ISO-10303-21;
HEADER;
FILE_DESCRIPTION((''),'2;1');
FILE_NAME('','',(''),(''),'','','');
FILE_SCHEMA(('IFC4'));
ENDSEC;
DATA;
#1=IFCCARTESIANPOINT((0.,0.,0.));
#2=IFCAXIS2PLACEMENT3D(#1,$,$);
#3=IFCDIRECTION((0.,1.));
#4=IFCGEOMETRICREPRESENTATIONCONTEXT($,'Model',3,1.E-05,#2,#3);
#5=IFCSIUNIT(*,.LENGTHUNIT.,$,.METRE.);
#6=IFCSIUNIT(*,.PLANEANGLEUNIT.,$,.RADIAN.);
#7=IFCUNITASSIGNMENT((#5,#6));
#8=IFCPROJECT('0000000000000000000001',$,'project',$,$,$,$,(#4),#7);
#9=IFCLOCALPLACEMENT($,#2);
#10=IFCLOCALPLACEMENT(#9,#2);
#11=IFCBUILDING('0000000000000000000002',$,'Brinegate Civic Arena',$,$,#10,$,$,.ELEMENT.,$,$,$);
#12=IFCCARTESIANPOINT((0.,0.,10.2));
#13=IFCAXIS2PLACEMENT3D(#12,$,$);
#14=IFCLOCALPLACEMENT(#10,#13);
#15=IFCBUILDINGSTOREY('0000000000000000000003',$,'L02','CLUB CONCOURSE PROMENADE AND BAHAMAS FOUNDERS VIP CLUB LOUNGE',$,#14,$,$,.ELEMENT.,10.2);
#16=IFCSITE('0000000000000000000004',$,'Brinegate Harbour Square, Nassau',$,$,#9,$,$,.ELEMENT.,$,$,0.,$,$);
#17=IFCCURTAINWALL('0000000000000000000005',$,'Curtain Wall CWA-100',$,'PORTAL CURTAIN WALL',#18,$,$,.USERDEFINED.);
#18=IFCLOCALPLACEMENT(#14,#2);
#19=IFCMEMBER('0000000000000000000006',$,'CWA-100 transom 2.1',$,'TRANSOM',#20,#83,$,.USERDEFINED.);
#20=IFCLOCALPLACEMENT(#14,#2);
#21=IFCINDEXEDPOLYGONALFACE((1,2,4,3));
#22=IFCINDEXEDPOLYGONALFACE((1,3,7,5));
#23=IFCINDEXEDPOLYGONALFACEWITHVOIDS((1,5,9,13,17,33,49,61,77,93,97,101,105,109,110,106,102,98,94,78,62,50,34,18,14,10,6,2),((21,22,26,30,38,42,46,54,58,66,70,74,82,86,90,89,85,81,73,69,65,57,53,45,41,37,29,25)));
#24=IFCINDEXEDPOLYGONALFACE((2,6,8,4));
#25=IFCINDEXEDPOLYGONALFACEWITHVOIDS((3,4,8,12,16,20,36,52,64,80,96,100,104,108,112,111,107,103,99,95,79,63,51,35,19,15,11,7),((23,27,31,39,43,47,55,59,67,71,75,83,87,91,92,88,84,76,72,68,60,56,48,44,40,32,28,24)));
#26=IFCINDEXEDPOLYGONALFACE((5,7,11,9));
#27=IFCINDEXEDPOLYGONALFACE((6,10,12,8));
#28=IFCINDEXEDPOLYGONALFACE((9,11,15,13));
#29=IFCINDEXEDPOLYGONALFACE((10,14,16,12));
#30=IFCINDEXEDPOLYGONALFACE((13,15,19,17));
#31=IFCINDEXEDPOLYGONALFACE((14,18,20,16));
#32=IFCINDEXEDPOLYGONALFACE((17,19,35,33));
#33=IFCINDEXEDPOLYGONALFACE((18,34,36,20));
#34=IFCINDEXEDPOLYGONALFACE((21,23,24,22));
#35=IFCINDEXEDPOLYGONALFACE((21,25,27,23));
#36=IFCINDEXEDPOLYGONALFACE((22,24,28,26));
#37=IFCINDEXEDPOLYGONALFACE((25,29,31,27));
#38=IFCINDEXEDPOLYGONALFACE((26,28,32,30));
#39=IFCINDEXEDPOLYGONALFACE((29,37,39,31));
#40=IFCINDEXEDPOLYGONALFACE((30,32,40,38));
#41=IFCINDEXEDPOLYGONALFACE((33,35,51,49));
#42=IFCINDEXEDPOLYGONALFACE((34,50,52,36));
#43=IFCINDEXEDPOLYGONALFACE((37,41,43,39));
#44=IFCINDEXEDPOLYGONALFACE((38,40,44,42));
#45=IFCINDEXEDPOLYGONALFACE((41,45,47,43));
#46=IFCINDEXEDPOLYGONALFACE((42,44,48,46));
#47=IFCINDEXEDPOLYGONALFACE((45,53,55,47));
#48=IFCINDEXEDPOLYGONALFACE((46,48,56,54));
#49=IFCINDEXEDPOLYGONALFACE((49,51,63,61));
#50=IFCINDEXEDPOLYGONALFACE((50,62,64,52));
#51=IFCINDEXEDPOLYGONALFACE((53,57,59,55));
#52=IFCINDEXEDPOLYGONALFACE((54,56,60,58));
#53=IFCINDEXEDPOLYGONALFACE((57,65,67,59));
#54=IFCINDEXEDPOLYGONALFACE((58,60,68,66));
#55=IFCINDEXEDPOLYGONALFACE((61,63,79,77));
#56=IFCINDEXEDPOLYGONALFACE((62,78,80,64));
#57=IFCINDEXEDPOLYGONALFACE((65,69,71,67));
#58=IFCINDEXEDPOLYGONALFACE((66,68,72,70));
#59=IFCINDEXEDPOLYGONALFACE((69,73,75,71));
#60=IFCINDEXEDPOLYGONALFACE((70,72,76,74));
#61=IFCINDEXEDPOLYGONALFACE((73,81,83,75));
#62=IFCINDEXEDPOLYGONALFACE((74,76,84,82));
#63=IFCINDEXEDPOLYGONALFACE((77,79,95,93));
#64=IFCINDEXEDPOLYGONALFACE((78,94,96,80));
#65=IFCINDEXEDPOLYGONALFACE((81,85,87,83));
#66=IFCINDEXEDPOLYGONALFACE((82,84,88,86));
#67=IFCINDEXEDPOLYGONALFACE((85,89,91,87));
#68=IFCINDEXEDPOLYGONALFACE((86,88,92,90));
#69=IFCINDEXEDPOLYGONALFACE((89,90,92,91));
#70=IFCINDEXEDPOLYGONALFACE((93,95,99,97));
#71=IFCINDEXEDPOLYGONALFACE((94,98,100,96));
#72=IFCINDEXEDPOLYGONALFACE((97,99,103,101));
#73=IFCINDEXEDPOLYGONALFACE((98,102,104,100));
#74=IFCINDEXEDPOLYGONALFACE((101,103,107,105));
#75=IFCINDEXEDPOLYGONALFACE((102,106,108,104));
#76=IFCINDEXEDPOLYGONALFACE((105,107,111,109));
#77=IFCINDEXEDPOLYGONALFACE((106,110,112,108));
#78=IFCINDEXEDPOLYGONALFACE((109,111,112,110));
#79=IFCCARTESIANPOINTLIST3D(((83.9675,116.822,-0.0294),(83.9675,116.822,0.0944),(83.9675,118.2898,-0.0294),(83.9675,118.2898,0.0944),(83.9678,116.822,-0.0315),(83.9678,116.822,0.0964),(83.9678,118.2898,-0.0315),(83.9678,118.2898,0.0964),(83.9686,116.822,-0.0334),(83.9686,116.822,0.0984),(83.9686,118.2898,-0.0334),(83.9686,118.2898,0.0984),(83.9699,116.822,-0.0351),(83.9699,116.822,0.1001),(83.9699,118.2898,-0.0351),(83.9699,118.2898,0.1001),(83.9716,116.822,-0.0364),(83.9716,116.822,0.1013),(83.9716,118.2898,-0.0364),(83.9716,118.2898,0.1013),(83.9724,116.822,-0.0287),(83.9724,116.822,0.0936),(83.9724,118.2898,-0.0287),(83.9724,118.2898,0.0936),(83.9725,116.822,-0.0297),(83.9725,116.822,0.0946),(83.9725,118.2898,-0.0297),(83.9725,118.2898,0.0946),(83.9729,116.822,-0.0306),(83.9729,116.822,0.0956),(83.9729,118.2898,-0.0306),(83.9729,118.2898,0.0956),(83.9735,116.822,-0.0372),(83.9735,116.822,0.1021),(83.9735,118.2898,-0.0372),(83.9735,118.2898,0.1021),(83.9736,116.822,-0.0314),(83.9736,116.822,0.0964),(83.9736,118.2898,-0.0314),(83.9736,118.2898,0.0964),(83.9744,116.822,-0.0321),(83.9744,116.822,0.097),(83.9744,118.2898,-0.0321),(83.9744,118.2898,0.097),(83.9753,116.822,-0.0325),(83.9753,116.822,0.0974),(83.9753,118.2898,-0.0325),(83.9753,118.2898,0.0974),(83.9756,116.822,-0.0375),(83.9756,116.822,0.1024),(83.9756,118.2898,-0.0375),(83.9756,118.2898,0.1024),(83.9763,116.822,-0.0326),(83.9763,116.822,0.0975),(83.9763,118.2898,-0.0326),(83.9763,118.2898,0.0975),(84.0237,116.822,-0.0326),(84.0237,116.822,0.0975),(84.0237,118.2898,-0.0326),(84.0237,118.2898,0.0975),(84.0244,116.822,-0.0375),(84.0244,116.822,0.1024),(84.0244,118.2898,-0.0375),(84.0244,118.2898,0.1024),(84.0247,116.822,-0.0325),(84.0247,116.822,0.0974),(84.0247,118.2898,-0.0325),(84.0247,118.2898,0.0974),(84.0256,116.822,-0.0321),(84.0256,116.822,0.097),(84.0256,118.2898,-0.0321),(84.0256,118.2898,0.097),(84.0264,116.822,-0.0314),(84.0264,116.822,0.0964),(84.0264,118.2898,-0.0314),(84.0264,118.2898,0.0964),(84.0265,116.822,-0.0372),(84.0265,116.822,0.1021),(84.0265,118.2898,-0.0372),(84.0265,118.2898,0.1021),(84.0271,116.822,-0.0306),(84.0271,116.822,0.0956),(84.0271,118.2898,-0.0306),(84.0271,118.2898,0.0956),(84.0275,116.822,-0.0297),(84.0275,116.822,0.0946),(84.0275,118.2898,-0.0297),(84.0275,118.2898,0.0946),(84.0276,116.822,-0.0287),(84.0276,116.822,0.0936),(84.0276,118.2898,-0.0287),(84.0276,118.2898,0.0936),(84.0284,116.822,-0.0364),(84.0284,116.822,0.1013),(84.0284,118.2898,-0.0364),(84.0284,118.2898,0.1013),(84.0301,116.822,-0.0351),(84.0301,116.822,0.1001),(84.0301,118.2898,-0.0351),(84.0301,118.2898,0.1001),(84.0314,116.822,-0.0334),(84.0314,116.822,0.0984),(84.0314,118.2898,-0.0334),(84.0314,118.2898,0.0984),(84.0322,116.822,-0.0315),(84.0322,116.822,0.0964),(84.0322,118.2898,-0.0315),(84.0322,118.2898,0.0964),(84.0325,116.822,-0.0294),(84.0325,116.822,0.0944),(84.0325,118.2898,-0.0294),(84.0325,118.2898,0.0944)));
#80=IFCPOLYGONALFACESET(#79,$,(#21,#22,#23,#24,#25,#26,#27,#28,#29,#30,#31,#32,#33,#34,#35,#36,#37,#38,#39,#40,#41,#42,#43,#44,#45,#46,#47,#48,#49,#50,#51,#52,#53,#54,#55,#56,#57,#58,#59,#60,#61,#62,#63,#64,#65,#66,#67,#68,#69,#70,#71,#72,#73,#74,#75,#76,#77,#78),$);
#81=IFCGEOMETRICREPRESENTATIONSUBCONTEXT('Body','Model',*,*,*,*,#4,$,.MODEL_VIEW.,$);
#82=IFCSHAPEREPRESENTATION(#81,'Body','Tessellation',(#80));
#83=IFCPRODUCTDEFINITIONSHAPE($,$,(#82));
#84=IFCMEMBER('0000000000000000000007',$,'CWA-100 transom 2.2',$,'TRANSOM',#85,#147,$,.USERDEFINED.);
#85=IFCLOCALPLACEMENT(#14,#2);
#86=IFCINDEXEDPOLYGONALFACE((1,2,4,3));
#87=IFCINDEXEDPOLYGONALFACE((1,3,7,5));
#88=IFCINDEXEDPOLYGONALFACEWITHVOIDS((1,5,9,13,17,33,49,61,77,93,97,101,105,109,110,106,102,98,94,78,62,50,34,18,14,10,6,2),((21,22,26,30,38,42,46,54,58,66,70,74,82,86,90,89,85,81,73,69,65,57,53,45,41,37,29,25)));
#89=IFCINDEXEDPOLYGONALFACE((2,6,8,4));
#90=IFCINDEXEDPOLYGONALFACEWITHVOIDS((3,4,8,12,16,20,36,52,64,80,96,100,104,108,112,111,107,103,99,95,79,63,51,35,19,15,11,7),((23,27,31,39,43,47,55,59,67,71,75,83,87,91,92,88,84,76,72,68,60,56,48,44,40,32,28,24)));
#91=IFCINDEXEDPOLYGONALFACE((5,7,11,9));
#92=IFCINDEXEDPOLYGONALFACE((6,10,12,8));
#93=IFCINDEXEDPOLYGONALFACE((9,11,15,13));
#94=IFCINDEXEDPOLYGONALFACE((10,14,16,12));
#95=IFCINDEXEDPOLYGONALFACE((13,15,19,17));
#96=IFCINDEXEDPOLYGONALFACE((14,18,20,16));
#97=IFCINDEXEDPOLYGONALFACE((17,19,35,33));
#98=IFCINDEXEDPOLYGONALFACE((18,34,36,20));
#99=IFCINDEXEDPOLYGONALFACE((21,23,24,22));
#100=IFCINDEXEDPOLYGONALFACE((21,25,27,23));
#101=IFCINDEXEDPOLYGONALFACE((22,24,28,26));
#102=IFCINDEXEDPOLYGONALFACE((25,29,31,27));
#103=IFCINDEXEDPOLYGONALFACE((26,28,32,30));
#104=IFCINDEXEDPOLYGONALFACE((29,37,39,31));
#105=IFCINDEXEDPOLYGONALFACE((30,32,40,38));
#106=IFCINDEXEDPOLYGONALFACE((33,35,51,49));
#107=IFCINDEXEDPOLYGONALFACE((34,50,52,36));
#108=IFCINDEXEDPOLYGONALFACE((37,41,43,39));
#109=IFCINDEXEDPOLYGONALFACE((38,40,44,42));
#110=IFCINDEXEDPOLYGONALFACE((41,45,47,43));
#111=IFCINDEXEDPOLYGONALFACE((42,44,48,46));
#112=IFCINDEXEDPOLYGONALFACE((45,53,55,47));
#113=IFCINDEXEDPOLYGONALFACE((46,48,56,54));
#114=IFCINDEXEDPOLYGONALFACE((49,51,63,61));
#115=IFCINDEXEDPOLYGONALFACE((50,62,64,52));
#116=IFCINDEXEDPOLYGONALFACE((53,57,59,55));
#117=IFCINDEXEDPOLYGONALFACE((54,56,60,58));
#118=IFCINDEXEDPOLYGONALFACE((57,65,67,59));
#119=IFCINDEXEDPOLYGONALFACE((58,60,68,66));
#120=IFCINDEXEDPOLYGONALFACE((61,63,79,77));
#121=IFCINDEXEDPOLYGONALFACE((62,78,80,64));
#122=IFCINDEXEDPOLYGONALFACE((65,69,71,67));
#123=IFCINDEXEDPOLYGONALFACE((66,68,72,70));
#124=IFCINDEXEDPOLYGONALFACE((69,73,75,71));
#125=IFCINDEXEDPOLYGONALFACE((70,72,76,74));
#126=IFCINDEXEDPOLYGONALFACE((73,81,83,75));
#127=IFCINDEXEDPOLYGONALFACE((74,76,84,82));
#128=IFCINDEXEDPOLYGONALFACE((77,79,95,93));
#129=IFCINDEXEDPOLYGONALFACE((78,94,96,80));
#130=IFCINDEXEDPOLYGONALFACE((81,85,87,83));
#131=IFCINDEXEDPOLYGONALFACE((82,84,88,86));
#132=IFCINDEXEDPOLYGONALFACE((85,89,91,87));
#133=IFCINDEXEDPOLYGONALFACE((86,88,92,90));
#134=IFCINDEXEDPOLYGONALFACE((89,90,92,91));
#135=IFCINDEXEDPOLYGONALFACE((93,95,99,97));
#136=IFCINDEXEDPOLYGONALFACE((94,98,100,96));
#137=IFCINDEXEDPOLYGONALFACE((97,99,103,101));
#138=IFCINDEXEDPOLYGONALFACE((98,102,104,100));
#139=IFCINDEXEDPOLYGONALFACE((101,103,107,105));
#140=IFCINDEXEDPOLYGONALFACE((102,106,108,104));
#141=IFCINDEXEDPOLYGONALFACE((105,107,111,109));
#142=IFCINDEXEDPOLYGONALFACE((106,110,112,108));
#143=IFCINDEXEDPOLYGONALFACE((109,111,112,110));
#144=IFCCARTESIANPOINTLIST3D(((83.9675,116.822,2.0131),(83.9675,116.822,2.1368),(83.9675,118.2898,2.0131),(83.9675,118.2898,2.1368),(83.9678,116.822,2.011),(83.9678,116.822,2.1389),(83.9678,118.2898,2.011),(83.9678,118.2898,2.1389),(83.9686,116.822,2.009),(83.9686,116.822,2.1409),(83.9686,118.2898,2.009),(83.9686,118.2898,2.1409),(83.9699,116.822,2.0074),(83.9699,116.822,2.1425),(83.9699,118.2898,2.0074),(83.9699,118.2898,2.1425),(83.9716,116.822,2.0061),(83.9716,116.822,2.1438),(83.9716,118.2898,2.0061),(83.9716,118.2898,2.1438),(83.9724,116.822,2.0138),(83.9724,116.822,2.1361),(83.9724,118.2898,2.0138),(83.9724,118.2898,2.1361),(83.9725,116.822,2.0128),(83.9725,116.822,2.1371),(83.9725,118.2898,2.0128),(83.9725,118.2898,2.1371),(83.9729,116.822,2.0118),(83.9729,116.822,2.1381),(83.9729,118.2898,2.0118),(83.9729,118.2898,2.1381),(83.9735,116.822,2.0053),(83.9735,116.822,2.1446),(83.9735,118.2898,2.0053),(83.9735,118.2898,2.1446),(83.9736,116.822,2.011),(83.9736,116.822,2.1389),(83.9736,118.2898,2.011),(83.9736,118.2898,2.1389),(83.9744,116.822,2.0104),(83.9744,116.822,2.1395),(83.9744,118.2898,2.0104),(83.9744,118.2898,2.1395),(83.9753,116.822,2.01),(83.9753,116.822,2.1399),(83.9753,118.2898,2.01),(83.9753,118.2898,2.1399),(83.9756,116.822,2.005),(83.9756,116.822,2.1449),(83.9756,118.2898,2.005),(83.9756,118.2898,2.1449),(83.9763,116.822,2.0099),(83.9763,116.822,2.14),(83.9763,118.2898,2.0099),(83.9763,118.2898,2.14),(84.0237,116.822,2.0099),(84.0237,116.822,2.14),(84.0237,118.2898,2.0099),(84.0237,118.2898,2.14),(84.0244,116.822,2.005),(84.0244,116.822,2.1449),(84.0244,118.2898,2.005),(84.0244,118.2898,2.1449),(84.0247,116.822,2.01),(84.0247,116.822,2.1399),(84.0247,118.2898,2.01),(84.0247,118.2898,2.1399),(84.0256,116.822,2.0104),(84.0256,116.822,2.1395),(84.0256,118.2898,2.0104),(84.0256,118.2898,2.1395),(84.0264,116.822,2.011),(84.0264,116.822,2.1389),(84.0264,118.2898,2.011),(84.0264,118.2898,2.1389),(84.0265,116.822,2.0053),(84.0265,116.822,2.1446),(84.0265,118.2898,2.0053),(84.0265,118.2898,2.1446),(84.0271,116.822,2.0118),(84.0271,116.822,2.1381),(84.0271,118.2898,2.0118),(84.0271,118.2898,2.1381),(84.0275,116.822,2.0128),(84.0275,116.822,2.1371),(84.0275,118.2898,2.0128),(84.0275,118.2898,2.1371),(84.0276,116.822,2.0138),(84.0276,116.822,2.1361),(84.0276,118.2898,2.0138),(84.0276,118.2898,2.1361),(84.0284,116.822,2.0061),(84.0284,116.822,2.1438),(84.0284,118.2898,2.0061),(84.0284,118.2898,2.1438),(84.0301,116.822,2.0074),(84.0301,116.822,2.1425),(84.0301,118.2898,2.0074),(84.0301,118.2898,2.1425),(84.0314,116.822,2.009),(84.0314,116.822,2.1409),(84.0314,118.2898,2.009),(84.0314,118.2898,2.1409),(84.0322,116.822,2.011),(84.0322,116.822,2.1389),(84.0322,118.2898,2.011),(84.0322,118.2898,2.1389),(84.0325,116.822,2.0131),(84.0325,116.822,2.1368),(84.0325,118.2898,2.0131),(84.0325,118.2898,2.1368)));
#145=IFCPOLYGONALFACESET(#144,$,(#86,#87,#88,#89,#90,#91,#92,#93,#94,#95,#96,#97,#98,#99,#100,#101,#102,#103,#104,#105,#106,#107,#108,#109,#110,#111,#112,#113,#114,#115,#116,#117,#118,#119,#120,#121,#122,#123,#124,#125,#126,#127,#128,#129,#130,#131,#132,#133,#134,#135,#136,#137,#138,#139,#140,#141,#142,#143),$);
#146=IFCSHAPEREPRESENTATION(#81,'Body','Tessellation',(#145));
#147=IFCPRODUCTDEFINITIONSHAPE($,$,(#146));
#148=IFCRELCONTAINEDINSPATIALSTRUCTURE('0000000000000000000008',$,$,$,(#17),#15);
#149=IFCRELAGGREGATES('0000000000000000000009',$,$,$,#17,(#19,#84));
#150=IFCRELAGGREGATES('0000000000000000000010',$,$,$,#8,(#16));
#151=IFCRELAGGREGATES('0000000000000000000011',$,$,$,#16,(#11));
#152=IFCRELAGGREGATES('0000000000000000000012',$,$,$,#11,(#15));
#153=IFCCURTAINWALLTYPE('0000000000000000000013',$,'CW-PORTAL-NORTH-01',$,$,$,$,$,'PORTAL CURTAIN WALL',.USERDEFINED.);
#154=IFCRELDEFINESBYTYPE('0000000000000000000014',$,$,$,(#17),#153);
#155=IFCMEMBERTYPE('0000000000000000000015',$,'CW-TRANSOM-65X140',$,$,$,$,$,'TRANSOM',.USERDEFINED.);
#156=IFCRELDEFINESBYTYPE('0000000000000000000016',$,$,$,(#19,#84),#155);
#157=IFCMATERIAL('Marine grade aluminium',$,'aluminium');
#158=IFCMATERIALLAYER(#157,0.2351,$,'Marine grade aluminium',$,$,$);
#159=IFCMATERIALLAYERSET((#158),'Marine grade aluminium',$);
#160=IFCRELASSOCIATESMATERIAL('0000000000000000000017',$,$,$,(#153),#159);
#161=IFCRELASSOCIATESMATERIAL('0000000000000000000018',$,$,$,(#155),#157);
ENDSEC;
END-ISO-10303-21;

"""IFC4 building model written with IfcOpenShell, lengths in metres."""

from ifc_helpers import new_model, si_unit, direction, frame, origin, origin_2d, place, context, subcontext, project, spatial, hollow_rectangle, extrude, material, layer, layer_set, material_profile, profile_set, type_object, element, aggregate, save


model = new_model("IFC4")

# Units and contexts
model_context = context("Model", 3, precision=1e-05, world=origin(), true_north=direction((0.0, 1.0)))
body_context = subcontext(model_context, "Body", "Model", "MODEL_VIEW")
ifc_project = project(units=[si_unit("LENGTHUNIT", "METRE"), si_unit("PLANEANGLEUNIT", "RADIAN")], contexts=[model_context])

# Site, building, storey
site_placement = place(None, origin())
site = spatial("IfcSite", under=ifc_project, at=site_placement, Name="Brinegate Harbour Square, Nassau", CompositionType="ELEMENT", RefElevation=0.0)
building_placement = place(site_placement, origin())
building = spatial("IfcBuilding", under=site, at=building_placement, Name="Brinegate Civic Arena", CompositionType="ELEMENT")
storey_placement = place(building_placement, frame((0.0, 0.0, 10.2)))
storey = spatial("IfcBuildingStorey", under=building, at=storey_placement, Name="L02", Description="CLUB CONCOURSE PROMENADE AND BAHAMAS FOUNDERS VIP CLUB LOUNGE", CompositionType="ELEMENT", Elevation=10.2)

# Curtain wall, members
ifc_material_1 = material(Name="Marine grade aluminium", Category="aluminium")
ifc_layer_1 = layer(ifc_material_1, 0.2351, Name="Marine grade aluminium")
ifc_layer_set_1 = layer_set([ifc_layer_1], Name="Marine grade aluminium")
curtain_wall_type = type_object("IfcCurtainWallType", Name="CW-PORTAL-NORTH-01", ElementType="PORTAL CURTAIN WALL", PredefinedType="USERDEFINED", material=ifc_layer_set_1)
curtain_wall_placement = place(storey_placement, origin())
curtain_wall = element("IfcCurtainWall", 1, at=curtain_wall_placement, inside=storey, type_object=curtain_wall_type, Name="Curtain Wall CWA-100", ObjectType="PORTAL CURTAIN WALL", PredefinedType="USERDEFINED")
ifc_material_profile_1 = material_profile(ifc_material_1, hollow_rectangle(XDim=0.0649, YDim=0.1399, WallThickness=0.0049, InnerFilletRadius=0.0039, OuterFilletRadius=0.0081, at=origin_2d()), Name="TRN65X140")
ifc_profile_set_1 = profile_set([ifc_material_profile_1], Name="Marine grade aluminium")
member_type_1 = type_object("IfcMemberType", Name="CW-TRANSOM-65X140", ElementType="TRANSOM", PredefinedType="USERDEFINED", material=ifc_profile_set_1)
member_1_placement = place(storey_placement, frame((84.0, 116.822, 0.0325), z_axis=(0.0, 1.0, 0.0), x_axis=(-1.0, 0.0, 0.0)))
member_1 = element("IfcMember", 2, at=member_1_placement, type_object=member_type_1, Name="CWA-100 transom 2.1", ObjectType="TRANSOM", PredefinedType="USERDEFINED", context=body_context, shape_type="SweptSolid", body=[
    extrude(hollow_rectangle(XDim=0.0649, YDim=0.1399, WallThickness=0.0049, InnerFilletRadius=0.0039, OuterFilletRadius=0.0081, at=origin_2d()), origin(), (0.0, 0.0, 1.0), 1.4678),
])
member_2_placement = place(storey_placement, frame((84.0, 116.822, 2.075), z_axis=(0.0, 1.0, 0.0), x_axis=(-1.0, 0.0, 0.0)))
member_2 = element("IfcMember", 3, at=member_2_placement, type_object=member_type_1, Name="CWA-100 transom 2.2", ObjectType="TRANSOM", PredefinedType="USERDEFINED", context=body_context, shape_type="SweptSolid", body=[
    extrude(hollow_rectangle(XDim=0.0649, YDim=0.1399, WallThickness=0.0049, InnerFilletRadius=0.0039, OuterFilletRadius=0.0081, at=origin_2d()), origin(), (0.0, 0.0, 1.0), 1.4678),
])
aggregate(curtain_wall, [member_1, member_2])

save(model, "model.ifc")
